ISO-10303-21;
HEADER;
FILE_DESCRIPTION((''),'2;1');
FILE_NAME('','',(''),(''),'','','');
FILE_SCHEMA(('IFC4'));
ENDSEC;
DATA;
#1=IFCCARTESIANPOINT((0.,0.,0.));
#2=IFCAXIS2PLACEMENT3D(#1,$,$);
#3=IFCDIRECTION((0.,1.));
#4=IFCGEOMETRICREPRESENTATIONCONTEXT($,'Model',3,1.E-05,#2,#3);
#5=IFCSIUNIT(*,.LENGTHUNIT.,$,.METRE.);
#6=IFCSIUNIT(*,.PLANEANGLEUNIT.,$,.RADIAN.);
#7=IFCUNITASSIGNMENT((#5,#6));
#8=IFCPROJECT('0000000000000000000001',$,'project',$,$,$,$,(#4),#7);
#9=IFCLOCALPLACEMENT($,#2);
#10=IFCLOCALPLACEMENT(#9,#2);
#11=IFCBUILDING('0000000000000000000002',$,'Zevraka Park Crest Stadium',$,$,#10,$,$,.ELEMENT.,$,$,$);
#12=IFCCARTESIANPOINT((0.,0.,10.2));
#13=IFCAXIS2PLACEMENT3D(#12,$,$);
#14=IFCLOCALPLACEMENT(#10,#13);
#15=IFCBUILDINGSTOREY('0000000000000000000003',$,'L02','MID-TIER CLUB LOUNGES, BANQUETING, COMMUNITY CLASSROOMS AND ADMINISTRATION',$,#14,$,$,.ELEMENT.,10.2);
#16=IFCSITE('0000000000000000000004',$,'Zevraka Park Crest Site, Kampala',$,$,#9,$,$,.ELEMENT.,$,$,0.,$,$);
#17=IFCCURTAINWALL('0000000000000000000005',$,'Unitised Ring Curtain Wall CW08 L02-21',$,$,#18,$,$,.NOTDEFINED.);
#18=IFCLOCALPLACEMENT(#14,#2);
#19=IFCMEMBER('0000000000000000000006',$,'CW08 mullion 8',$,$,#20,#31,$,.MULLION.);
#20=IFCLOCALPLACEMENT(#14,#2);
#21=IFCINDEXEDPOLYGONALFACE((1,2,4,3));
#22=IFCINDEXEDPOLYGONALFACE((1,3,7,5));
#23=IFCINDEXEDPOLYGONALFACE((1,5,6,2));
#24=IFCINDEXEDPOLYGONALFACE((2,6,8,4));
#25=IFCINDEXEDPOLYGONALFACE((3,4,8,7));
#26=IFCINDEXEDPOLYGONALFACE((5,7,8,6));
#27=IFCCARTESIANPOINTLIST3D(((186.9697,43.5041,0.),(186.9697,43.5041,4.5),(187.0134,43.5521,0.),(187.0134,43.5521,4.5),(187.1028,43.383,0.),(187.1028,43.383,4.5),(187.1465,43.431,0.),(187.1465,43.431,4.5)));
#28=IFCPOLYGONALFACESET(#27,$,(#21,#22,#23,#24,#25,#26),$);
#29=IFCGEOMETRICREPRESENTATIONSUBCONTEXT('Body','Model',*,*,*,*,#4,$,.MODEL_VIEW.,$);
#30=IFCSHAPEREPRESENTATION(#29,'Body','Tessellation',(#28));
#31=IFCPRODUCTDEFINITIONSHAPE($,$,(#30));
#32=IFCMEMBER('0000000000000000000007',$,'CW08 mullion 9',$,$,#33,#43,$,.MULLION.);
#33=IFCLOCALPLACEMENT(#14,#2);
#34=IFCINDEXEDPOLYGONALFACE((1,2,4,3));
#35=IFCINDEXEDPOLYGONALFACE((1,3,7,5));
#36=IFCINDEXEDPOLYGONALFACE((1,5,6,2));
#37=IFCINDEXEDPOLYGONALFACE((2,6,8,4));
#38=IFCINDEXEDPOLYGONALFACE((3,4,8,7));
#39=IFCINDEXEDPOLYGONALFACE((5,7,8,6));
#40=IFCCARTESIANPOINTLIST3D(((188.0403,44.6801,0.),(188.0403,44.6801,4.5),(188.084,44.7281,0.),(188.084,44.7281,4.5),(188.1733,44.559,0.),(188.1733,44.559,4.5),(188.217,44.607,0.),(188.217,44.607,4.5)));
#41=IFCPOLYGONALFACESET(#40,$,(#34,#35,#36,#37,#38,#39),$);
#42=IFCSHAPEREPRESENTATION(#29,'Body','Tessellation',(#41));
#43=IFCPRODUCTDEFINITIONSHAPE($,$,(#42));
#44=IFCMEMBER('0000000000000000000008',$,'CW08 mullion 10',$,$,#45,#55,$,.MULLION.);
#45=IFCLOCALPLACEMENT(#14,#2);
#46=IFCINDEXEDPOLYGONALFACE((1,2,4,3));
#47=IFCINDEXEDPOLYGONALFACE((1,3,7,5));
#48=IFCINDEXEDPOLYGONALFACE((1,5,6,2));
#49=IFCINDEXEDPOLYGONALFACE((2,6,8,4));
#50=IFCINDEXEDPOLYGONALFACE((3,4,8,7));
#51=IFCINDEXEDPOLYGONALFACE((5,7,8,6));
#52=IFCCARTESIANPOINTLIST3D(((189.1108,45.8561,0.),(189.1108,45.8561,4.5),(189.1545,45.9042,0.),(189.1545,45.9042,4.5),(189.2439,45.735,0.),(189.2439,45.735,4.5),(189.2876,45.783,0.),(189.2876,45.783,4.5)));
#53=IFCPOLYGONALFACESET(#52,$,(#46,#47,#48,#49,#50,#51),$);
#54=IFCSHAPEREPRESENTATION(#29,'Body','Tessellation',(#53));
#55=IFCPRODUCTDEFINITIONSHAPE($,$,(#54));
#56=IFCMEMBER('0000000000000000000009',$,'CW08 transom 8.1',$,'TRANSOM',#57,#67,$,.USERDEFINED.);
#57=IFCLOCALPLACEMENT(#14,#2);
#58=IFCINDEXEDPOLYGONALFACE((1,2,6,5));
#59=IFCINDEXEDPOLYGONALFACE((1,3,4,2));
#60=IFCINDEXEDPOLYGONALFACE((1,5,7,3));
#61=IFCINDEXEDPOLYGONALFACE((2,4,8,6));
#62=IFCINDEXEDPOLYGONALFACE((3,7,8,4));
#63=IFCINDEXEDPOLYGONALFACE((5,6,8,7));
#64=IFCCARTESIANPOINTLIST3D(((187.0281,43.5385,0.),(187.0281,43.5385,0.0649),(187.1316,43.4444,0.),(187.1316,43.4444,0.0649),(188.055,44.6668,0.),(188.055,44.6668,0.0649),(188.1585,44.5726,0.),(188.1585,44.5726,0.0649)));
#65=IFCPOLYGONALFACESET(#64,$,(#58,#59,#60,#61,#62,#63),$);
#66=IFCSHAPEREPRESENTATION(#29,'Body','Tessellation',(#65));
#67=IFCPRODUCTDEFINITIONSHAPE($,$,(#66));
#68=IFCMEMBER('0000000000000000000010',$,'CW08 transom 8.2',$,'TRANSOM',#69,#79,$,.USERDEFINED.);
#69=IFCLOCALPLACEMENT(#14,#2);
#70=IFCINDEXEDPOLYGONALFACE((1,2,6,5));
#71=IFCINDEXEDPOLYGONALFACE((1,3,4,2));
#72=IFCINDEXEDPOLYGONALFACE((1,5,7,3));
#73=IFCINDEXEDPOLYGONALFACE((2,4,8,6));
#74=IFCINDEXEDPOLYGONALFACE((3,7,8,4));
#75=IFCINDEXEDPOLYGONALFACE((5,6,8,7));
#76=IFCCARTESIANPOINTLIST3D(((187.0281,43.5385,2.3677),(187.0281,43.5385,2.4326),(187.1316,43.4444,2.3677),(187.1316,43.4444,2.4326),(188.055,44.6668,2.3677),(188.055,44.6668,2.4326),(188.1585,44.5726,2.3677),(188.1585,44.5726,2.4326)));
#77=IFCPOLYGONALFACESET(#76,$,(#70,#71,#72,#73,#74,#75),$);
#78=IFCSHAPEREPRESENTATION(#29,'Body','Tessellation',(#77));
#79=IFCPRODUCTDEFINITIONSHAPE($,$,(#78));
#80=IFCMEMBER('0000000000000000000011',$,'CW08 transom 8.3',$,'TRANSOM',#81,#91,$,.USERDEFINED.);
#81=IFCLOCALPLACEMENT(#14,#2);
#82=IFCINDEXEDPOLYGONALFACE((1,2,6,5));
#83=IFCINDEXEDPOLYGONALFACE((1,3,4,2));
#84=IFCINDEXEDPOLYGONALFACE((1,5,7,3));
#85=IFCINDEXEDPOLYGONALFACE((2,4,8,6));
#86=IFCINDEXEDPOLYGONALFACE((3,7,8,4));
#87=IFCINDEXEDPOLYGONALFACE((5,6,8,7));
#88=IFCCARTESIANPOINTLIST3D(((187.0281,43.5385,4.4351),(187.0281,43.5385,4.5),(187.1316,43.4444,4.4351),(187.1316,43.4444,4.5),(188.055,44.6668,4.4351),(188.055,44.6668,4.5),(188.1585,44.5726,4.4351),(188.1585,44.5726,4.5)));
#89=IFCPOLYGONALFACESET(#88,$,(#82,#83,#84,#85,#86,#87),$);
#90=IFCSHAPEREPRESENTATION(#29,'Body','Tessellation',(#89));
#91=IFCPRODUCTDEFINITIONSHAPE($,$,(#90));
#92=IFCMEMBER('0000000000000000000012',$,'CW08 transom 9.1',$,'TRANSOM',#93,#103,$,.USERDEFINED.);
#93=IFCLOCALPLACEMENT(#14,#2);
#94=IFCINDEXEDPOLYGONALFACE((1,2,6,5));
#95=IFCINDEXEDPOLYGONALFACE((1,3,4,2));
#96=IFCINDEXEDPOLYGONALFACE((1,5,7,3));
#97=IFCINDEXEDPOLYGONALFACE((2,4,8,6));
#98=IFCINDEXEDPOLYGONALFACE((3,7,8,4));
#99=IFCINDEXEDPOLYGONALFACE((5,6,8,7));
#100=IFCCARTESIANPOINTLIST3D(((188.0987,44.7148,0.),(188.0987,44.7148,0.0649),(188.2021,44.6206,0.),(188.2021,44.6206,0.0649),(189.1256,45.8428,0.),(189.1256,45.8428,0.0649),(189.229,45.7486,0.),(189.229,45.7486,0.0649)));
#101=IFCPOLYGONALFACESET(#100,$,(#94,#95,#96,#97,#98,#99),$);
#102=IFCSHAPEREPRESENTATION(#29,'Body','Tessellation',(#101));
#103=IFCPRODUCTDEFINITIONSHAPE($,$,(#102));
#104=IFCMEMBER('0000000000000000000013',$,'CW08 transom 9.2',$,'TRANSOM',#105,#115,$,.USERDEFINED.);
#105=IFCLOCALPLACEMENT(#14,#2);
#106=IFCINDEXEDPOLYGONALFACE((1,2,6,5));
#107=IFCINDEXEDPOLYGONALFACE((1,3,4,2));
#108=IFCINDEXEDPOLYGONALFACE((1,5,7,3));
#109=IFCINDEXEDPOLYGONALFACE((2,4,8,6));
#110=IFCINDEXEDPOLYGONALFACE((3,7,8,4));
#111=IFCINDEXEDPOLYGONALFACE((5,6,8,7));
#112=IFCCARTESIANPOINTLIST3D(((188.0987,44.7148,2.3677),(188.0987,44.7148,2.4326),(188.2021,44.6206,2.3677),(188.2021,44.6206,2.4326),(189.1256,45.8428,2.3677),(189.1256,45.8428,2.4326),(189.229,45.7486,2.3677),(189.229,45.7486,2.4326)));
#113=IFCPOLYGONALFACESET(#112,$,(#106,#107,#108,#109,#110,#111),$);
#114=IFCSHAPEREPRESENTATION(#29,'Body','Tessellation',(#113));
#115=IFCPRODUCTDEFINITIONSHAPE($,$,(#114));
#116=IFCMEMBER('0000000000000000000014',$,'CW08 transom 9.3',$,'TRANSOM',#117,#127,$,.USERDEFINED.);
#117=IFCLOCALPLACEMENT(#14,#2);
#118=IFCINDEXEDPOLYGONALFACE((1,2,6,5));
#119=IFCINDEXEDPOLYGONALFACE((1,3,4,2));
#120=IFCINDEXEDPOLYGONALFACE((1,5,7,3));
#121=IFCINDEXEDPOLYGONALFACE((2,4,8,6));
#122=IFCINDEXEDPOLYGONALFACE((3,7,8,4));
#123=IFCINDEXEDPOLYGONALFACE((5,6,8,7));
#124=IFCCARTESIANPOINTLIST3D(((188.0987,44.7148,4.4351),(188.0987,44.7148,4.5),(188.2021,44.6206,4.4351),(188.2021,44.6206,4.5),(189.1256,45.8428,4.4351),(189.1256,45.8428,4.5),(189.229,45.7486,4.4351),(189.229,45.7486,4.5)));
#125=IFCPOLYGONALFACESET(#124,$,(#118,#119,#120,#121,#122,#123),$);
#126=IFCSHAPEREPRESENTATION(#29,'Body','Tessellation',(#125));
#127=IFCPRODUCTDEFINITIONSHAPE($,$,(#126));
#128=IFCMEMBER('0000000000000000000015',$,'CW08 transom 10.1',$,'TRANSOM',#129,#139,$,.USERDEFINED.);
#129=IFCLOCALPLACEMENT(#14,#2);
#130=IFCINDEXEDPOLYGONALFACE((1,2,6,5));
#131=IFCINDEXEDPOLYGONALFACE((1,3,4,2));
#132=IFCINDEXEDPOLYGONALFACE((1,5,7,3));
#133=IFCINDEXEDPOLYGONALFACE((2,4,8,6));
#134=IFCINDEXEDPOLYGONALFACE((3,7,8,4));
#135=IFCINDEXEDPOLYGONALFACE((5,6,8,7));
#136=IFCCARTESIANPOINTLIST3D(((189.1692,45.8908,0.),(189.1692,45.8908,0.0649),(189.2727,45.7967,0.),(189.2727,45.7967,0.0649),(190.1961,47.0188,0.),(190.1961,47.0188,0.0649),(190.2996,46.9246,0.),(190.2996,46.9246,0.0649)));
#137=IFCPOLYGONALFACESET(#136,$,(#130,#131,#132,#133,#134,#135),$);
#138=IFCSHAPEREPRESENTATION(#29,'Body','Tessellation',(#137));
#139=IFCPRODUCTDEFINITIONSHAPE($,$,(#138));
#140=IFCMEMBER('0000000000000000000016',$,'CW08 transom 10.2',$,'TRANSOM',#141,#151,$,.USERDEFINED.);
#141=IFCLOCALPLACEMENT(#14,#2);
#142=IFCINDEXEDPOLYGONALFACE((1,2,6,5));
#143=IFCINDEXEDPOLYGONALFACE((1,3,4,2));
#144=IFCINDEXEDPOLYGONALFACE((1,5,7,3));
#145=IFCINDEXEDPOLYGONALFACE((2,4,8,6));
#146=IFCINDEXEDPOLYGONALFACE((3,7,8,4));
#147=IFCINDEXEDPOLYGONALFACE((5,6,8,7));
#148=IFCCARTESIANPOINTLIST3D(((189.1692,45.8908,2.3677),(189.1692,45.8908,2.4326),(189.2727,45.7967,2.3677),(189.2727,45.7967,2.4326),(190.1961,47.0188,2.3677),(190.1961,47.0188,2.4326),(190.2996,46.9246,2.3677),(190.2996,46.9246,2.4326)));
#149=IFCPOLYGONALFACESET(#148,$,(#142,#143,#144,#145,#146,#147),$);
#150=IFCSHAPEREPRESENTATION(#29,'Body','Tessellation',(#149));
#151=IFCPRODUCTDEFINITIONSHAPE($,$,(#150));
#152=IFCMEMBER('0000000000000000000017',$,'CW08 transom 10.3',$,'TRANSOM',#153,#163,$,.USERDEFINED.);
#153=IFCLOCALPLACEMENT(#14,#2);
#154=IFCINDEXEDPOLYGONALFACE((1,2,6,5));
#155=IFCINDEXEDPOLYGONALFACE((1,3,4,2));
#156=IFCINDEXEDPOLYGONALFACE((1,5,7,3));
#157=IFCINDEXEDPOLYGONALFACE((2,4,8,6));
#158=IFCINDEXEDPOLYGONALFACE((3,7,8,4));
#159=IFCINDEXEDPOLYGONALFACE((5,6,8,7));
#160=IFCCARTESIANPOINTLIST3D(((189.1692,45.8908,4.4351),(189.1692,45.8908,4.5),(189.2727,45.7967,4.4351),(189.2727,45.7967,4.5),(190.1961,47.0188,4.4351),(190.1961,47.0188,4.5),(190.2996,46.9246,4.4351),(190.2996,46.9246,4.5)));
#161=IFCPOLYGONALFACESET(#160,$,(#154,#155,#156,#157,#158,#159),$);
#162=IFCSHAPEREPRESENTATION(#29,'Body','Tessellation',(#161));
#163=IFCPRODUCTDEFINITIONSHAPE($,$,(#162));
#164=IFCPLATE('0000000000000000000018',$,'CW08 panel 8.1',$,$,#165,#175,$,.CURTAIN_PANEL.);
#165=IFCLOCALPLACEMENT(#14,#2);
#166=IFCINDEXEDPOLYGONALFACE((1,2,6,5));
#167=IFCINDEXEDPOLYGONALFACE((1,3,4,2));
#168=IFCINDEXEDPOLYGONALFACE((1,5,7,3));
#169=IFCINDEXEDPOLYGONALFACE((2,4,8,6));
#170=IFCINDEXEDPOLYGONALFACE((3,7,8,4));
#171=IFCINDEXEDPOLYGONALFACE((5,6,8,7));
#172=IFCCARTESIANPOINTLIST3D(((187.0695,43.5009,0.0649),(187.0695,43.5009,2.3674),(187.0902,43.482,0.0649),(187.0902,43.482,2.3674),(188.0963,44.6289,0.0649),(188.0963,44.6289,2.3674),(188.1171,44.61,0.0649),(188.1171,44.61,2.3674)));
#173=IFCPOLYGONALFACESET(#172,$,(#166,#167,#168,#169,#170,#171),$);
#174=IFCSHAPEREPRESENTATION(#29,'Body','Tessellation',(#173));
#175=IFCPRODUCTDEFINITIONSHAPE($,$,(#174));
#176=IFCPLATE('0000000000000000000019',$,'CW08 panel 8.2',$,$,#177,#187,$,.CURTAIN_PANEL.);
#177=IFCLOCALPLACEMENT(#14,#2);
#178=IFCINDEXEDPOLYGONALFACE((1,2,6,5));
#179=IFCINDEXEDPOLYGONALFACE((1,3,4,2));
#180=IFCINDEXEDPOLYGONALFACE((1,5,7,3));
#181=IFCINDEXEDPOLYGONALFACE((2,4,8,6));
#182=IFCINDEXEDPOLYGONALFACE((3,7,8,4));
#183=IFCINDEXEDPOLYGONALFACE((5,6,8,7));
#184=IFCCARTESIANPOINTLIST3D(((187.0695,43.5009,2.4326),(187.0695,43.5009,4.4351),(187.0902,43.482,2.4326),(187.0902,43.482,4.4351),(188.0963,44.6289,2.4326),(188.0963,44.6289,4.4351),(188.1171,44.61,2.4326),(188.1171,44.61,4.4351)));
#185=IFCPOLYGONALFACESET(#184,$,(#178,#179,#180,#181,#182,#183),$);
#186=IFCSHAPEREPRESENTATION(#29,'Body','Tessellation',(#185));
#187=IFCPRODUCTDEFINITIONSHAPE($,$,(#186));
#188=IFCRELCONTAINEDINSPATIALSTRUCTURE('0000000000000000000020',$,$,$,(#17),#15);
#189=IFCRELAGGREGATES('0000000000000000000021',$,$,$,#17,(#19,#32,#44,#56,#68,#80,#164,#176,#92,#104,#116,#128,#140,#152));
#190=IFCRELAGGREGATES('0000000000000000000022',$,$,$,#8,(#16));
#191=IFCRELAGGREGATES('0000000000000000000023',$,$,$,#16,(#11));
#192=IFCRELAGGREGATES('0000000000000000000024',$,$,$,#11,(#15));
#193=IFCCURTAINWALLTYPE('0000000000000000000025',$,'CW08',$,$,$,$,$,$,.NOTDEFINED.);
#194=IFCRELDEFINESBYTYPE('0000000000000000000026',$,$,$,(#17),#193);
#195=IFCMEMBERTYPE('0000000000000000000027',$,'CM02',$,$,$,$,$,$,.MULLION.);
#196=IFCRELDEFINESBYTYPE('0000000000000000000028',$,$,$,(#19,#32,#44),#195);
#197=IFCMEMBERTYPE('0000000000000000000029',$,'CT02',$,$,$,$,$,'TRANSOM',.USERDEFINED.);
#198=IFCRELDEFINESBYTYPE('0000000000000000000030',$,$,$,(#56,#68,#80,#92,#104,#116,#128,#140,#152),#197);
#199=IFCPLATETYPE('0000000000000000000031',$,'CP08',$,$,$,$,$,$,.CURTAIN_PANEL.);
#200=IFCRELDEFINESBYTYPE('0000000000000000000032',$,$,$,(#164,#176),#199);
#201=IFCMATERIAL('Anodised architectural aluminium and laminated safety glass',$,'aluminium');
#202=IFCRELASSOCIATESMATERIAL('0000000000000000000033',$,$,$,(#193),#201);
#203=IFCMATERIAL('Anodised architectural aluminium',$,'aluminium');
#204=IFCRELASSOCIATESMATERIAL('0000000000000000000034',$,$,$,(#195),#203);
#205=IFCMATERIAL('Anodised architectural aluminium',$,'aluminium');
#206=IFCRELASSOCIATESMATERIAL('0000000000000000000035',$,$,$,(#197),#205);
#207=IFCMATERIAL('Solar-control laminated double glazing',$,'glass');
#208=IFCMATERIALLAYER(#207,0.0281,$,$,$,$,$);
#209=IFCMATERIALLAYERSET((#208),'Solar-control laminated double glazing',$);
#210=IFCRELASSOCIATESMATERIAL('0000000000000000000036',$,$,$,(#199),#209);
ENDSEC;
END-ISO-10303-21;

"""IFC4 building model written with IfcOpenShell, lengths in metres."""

from ifc_helpers import new_model, si_unit, direction, frame, origin, origin_2d, place, context, subcontext, project, spatial, rectangle, extrude, material, layer, layer_set, material_profile, profile_set, type_object, element, aggregate, save


model = new_model("IFC4")

# Units and contexts
model_context = context("Model", 3, precision=1e-05, world=origin(), true_north=direction((0.0, 1.0)))
body_context = subcontext(model_context, "Body", "Model", "MODEL_VIEW")
ifc_project = project(units=[si_unit("LENGTHUNIT", "METRE"), si_unit("PLANEANGLEUNIT", "RADIAN")], contexts=[model_context])

# Site, building, storey
site_placement = place(None, origin())
site = spatial("IfcSite", under=ifc_project, at=site_placement, Name="Zevraka Park Crest Site, Kampala", CompositionType="ELEMENT", RefElevation=0.0)
building_placement = place(site_placement, origin())
building = spatial("IfcBuilding", under=site, at=building_placement, Name="Zevraka Park Crest Stadium", CompositionType="ELEMENT")
storey_placement = place(building_placement, frame((0.0, 0.0, 10.2)))
storey = spatial("IfcBuildingStorey", under=building, at=storey_placement, Name="L02", Description="MID-TIER CLUB LOUNGES, BANQUETING, COMMUNITY CLASSROOMS AND ADMINISTRATION", CompositionType="ELEMENT", Elevation=10.2)

# Curtain wall, members, plates
ifc_material_1 = material(Name="Anodised architectural aluminium and laminated safety glass", Category="aluminium")
curtain_wall_type = type_object("IfcCurtainWallType", Name="CW08", PredefinedType="NOTDEFINED", material=ifc_material_1)
curtain_wall_placement = place(storey_placement, origin())
curtain_wall = element("IfcCurtainWall", 1, at=curtain_wall_placement, inside=storey, type_object=curtain_wall_type, Name="Unitised Ring Curtain Wall CW08 L02-21", PredefinedType="NOTDEFINED")
ifc_material_2 = material(Name="Anodised architectural aluminium", Category="aluminium")
ifc_material_profile_1 = material_profile(ifc_material_2, rectangle(XDim=0.1799, YDim=0.0649, at=origin_2d()), Name="ALU MULLION 180x65")
ifc_profile_set_1 = profile_set([ifc_material_profile_1], Name="Anodised architectural aluminium")
member_type_1 = type_object("IfcMemberType", Name="CM02", PredefinedType="MULLION", material=ifc_profile_set_1)
member_1_placement = place(storey_placement, frame((187.0581, 43.4675, 0.0), z_axis=(0.0, 0.0, 1.0), x_axis=(-0.739497, 0.67316, 0.0)))
member_1 = element("IfcMember", 2, at=member_1_placement, type_object=member_type_1, Name="CW08 mullion 8", PredefinedType="MULLION", context=body_context, shape_type="SweptSolid", body=[
    extrude(rectangle(XDim=0.1799, YDim=0.0649, at=origin_2d()), origin(), (0.0, 0.0, 1.0), 4.5),
])
member_2_placement = place(storey_placement, frame((188.1287, 44.6436, 0.0), z_axis=(0.0, 0.0, 1.0), x_axis=(-0.739497, 0.67316, 0.0)))
member_2 = element("IfcMember", 3, at=member_2_placement, type_object=member_type_1, Name="CW08 mullion 9", PredefinedType="MULLION", context=body_context, shape_type="SweptSolid", body=[
    extrude(rectangle(XDim=0.1799, YDim=0.0649, at=origin_2d()), origin(), (0.0, 0.0, 1.0), 4.5),
])
member_3_placement = place(storey_placement, frame((189.1992, 45.8196, 0.0), z_axis=(0.0, 0.0, 1.0), x_axis=(-0.739497, 0.67316, 0.0)))
member_3 = element("IfcMember", 4, at=member_3_placement, type_object=member_type_1, Name="CW08 mullion 10", PredefinedType="MULLION", context=body_context, shape_type="SweptSolid", body=[
    extrude(rectangle(XDim=0.1799, YDim=0.0649, at=origin_2d()), origin(), (0.0, 0.0, 1.0), 4.5),
])
ifc_material_3 = material(Name="Anodised architectural aluminium", Category="aluminium")
ifc_material_profile_2 = material_profile(ifc_material_3, rectangle(XDim=0.1399, YDim=0.0649, at=origin_2d()), Name="ALU TRANSOM 140x65")
ifc_profile_set_2 = profile_set([ifc_material_profile_2], Name="Anodised architectural aluminium")
member_type_2 = type_object("IfcMemberType", Name="CT02", ElementType="TRANSOM", PredefinedType="USERDEFINED", material=ifc_profile_set_2)
member_4_placement = place(storey_placement, frame((187.0798, 43.4915, 0.0325), z_axis=(0.673119, 0.739534, 0.0), x_axis=(-0.739534, 0.673119, 0.0)))
member_4 = element("IfcMember", 5, at=member_4_placement, type_object=member_type_2, Name="CW08 transom 8.1", ObjectType="TRANSOM", PredefinedType="USERDEFINED", context=body_context, shape_type="SweptSolid", body=[
    extrude(rectangle(XDim=0.1399, YDim=0.0649, at=origin_2d()), origin(), (0.0, 0.0, 1.0), 1.5256),
])
member_5_placement = place(storey_placement, frame((187.0798, 43.4915, 2.4001), z_axis=(0.673119, 0.739534, 0.0), x_axis=(-0.739534, 0.673119, 0.0)))
member_5 = element("IfcMember", 6, at=member_5_placement, type_object=member_type_2, Name="CW08 transom 8.2", ObjectType="TRANSOM", PredefinedType="USERDEFINED", context=body_context, shape_type="SweptSolid", body=[
    extrude(rectangle(XDim=0.1399, YDim=0.0649, at=origin_2d()), origin(), (0.0, 0.0, 1.0), 1.5256),
])
member_6_placement = place(storey_placement, frame((187.0798, 43.4915, 4.4675), z_axis=(0.673119, 0.739534, 0.0), x_axis=(-0.739534, 0.673119, 0.0)))
member_6 = element("IfcMember", 7, at=member_6_placement, type_object=member_type_2, Name="CW08 transom 8.3", ObjectType="TRANSOM", PredefinedType="USERDEFINED", context=body_context, shape_type="SweptSolid", body=[
    extrude(rectangle(XDim=0.1399, YDim=0.0649, at=origin_2d()), origin(), (0.0, 0.0, 1.0), 1.5256),
])
member_7_placement = place(storey_placement, frame((188.1504, 44.6677, 0.0325), z_axis=(0.673198, 0.739462, 0.0), x_axis=(-0.739462, 0.673198, 0.0)))
member_7 = element("IfcMember", 8, at=member_7_placement, type_object=member_type_2, Name="CW08 transom 9.1", ObjectType="TRANSOM", PredefinedType="USERDEFINED", context=body_context, shape_type="SweptSolid", body=[
    extrude(rectangle(XDim=0.1399, YDim=0.0649, at=origin_2d()), origin(), (0.0, 0.0, 1.0), 1.5254),
])
member_8_placement = place(storey_placement, frame((188.1504, 44.6677, 2.4001), z_axis=(0.673198, 0.739462, 0.0), x_axis=(-0.739462, 0.673198, 0.0)))
member_8 = element("IfcMember", 9, at=member_8_placement, type_object=member_type_2, Name="CW08 transom 9.2", ObjectType="TRANSOM", PredefinedType="USERDEFINED", context=body_context, shape_type="SweptSolid", body=[
    extrude(rectangle(XDim=0.1399, YDim=0.0649, at=origin_2d()), origin(), (0.0, 0.0, 1.0), 1.5254),
])
member_9_placement = place(storey_placement, frame((188.1504, 44.6677, 4.4675), z_axis=(0.673198, 0.739462, 0.0), x_axis=(-0.739462, 0.673198, 0.0)))
member_9 = element("IfcMember", 10, at=member_9_placement, type_object=member_type_2, Name="CW08 transom 9.3", ObjectType="TRANSOM", PredefinedType="USERDEFINED", context=body_context, shape_type="SweptSolid", body=[
    extrude(rectangle(XDim=0.1399, YDim=0.0649, at=origin_2d()), origin(), (0.0, 0.0, 1.0), 1.5254),
])
member_10_placement = place(storey_placement, frame((189.2209, 45.8438, 0.0325), z_axis=(0.673198, 0.739462, 0.0), x_axis=(-0.739462, 0.673198, 0.0)))
member_10 = element("IfcMember", 11, at=member_10_placement, type_object=member_type_2, Name="CW08 transom 10.1", ObjectType="TRANSOM", PredefinedType="USERDEFINED", context=body_context, shape_type="SweptSolid", body=[
    extrude(rectangle(XDim=0.1399, YDim=0.0649, at=origin_2d()), origin(), (0.0, 0.0, 1.0), 1.5254),
])
member_11_placement = place(storey_placement, frame((189.2209, 45.8438, 2.4001), z_axis=(0.673198, 0.739462, 0.0), x_axis=(-0.739462, 0.673198, 0.0)))
member_11 = element("IfcMember", 12, at=member_11_placement, type_object=member_type_2, Name="CW08 transom 10.2", ObjectType="TRANSOM", PredefinedType="USERDEFINED", context=body_context, shape_type="SweptSolid", body=[
    extrude(rectangle(XDim=0.1399, YDim=0.0649, at=origin_2d()), origin(), (0.0, 0.0, 1.0), 1.5254),
])
member_12_placement = place(storey_placement, frame((189.2209, 45.8438, 4.4675), z_axis=(0.673198, 0.739462, 0.0), x_axis=(-0.739462, 0.673198, 0.0)))
member_12 = element("IfcMember", 13, at=member_12_placement, type_object=member_type_2, Name="CW08 transom 10.3", ObjectType="TRANSOM", PredefinedType="USERDEFINED", context=body_context, shape_type="SweptSolid", body=[
    extrude(rectangle(XDim=0.1399, YDim=0.0649, at=origin_2d()), origin(), (0.0, 0.0, 1.0), 1.5254),
])
ifc_material_4 = material(Name="Solar-control laminated double glazing", Category="glass")
ifc_layer_1 = layer(ifc_material_4, 0.0281)
ifc_layer_set_1 = layer_set([ifc_layer_1], Name="Solar-control laminated double glazing")
plate_type = type_object("IfcPlateType", Name="CP08", PredefinedType="CURTAIN_PANEL", material=ifc_layer_set_1)
plate_1_placement = place(storey_placement, frame((187.5933, 44.0554, 0.0649), z_axis=(0.0, 0.0, 1.0), x_axis=(0.67316, 0.739497, 0.0)))
plate_1 = element("IfcPlate", 14, at=plate_1_placement, type_object=plate_type, Name="CW08 panel 8.1", PredefinedType="CURTAIN_PANEL", context=body_context, shape_type="SweptSolid", body=[
    extrude(rectangle(XDim=1.5254, YDim=0.0281, at=origin_2d()), origin(), (0.0, 0.0, 1.0), 2.3025),
])
plate_2_placement = place(storey_placement, frame((187.5933, 44.0554, 2.4326), z_axis=(0.0, 0.0, 1.0), x_axis=(0.67316, 0.739497, 0.0)))
plate_2 = element("IfcPlate", 15, at=plate_2_placement, type_object=plate_type, Name="CW08 panel 8.2", PredefinedType="CURTAIN_PANEL", context=body_context, shape_type="SweptSolid", body=[
    extrude(rectangle(XDim=1.5254, YDim=0.0281, at=origin_2d()), origin(), (0.0, 0.0, 1.0), 2.0024),
])
aggregate(curtain_wall, [member_1, member_2, member_3, member_4, member_5, member_6, plate_1, plate_2, member_7, member_8, member_9, member_10, member_11, member_12])

save(model, "model.ifc")
